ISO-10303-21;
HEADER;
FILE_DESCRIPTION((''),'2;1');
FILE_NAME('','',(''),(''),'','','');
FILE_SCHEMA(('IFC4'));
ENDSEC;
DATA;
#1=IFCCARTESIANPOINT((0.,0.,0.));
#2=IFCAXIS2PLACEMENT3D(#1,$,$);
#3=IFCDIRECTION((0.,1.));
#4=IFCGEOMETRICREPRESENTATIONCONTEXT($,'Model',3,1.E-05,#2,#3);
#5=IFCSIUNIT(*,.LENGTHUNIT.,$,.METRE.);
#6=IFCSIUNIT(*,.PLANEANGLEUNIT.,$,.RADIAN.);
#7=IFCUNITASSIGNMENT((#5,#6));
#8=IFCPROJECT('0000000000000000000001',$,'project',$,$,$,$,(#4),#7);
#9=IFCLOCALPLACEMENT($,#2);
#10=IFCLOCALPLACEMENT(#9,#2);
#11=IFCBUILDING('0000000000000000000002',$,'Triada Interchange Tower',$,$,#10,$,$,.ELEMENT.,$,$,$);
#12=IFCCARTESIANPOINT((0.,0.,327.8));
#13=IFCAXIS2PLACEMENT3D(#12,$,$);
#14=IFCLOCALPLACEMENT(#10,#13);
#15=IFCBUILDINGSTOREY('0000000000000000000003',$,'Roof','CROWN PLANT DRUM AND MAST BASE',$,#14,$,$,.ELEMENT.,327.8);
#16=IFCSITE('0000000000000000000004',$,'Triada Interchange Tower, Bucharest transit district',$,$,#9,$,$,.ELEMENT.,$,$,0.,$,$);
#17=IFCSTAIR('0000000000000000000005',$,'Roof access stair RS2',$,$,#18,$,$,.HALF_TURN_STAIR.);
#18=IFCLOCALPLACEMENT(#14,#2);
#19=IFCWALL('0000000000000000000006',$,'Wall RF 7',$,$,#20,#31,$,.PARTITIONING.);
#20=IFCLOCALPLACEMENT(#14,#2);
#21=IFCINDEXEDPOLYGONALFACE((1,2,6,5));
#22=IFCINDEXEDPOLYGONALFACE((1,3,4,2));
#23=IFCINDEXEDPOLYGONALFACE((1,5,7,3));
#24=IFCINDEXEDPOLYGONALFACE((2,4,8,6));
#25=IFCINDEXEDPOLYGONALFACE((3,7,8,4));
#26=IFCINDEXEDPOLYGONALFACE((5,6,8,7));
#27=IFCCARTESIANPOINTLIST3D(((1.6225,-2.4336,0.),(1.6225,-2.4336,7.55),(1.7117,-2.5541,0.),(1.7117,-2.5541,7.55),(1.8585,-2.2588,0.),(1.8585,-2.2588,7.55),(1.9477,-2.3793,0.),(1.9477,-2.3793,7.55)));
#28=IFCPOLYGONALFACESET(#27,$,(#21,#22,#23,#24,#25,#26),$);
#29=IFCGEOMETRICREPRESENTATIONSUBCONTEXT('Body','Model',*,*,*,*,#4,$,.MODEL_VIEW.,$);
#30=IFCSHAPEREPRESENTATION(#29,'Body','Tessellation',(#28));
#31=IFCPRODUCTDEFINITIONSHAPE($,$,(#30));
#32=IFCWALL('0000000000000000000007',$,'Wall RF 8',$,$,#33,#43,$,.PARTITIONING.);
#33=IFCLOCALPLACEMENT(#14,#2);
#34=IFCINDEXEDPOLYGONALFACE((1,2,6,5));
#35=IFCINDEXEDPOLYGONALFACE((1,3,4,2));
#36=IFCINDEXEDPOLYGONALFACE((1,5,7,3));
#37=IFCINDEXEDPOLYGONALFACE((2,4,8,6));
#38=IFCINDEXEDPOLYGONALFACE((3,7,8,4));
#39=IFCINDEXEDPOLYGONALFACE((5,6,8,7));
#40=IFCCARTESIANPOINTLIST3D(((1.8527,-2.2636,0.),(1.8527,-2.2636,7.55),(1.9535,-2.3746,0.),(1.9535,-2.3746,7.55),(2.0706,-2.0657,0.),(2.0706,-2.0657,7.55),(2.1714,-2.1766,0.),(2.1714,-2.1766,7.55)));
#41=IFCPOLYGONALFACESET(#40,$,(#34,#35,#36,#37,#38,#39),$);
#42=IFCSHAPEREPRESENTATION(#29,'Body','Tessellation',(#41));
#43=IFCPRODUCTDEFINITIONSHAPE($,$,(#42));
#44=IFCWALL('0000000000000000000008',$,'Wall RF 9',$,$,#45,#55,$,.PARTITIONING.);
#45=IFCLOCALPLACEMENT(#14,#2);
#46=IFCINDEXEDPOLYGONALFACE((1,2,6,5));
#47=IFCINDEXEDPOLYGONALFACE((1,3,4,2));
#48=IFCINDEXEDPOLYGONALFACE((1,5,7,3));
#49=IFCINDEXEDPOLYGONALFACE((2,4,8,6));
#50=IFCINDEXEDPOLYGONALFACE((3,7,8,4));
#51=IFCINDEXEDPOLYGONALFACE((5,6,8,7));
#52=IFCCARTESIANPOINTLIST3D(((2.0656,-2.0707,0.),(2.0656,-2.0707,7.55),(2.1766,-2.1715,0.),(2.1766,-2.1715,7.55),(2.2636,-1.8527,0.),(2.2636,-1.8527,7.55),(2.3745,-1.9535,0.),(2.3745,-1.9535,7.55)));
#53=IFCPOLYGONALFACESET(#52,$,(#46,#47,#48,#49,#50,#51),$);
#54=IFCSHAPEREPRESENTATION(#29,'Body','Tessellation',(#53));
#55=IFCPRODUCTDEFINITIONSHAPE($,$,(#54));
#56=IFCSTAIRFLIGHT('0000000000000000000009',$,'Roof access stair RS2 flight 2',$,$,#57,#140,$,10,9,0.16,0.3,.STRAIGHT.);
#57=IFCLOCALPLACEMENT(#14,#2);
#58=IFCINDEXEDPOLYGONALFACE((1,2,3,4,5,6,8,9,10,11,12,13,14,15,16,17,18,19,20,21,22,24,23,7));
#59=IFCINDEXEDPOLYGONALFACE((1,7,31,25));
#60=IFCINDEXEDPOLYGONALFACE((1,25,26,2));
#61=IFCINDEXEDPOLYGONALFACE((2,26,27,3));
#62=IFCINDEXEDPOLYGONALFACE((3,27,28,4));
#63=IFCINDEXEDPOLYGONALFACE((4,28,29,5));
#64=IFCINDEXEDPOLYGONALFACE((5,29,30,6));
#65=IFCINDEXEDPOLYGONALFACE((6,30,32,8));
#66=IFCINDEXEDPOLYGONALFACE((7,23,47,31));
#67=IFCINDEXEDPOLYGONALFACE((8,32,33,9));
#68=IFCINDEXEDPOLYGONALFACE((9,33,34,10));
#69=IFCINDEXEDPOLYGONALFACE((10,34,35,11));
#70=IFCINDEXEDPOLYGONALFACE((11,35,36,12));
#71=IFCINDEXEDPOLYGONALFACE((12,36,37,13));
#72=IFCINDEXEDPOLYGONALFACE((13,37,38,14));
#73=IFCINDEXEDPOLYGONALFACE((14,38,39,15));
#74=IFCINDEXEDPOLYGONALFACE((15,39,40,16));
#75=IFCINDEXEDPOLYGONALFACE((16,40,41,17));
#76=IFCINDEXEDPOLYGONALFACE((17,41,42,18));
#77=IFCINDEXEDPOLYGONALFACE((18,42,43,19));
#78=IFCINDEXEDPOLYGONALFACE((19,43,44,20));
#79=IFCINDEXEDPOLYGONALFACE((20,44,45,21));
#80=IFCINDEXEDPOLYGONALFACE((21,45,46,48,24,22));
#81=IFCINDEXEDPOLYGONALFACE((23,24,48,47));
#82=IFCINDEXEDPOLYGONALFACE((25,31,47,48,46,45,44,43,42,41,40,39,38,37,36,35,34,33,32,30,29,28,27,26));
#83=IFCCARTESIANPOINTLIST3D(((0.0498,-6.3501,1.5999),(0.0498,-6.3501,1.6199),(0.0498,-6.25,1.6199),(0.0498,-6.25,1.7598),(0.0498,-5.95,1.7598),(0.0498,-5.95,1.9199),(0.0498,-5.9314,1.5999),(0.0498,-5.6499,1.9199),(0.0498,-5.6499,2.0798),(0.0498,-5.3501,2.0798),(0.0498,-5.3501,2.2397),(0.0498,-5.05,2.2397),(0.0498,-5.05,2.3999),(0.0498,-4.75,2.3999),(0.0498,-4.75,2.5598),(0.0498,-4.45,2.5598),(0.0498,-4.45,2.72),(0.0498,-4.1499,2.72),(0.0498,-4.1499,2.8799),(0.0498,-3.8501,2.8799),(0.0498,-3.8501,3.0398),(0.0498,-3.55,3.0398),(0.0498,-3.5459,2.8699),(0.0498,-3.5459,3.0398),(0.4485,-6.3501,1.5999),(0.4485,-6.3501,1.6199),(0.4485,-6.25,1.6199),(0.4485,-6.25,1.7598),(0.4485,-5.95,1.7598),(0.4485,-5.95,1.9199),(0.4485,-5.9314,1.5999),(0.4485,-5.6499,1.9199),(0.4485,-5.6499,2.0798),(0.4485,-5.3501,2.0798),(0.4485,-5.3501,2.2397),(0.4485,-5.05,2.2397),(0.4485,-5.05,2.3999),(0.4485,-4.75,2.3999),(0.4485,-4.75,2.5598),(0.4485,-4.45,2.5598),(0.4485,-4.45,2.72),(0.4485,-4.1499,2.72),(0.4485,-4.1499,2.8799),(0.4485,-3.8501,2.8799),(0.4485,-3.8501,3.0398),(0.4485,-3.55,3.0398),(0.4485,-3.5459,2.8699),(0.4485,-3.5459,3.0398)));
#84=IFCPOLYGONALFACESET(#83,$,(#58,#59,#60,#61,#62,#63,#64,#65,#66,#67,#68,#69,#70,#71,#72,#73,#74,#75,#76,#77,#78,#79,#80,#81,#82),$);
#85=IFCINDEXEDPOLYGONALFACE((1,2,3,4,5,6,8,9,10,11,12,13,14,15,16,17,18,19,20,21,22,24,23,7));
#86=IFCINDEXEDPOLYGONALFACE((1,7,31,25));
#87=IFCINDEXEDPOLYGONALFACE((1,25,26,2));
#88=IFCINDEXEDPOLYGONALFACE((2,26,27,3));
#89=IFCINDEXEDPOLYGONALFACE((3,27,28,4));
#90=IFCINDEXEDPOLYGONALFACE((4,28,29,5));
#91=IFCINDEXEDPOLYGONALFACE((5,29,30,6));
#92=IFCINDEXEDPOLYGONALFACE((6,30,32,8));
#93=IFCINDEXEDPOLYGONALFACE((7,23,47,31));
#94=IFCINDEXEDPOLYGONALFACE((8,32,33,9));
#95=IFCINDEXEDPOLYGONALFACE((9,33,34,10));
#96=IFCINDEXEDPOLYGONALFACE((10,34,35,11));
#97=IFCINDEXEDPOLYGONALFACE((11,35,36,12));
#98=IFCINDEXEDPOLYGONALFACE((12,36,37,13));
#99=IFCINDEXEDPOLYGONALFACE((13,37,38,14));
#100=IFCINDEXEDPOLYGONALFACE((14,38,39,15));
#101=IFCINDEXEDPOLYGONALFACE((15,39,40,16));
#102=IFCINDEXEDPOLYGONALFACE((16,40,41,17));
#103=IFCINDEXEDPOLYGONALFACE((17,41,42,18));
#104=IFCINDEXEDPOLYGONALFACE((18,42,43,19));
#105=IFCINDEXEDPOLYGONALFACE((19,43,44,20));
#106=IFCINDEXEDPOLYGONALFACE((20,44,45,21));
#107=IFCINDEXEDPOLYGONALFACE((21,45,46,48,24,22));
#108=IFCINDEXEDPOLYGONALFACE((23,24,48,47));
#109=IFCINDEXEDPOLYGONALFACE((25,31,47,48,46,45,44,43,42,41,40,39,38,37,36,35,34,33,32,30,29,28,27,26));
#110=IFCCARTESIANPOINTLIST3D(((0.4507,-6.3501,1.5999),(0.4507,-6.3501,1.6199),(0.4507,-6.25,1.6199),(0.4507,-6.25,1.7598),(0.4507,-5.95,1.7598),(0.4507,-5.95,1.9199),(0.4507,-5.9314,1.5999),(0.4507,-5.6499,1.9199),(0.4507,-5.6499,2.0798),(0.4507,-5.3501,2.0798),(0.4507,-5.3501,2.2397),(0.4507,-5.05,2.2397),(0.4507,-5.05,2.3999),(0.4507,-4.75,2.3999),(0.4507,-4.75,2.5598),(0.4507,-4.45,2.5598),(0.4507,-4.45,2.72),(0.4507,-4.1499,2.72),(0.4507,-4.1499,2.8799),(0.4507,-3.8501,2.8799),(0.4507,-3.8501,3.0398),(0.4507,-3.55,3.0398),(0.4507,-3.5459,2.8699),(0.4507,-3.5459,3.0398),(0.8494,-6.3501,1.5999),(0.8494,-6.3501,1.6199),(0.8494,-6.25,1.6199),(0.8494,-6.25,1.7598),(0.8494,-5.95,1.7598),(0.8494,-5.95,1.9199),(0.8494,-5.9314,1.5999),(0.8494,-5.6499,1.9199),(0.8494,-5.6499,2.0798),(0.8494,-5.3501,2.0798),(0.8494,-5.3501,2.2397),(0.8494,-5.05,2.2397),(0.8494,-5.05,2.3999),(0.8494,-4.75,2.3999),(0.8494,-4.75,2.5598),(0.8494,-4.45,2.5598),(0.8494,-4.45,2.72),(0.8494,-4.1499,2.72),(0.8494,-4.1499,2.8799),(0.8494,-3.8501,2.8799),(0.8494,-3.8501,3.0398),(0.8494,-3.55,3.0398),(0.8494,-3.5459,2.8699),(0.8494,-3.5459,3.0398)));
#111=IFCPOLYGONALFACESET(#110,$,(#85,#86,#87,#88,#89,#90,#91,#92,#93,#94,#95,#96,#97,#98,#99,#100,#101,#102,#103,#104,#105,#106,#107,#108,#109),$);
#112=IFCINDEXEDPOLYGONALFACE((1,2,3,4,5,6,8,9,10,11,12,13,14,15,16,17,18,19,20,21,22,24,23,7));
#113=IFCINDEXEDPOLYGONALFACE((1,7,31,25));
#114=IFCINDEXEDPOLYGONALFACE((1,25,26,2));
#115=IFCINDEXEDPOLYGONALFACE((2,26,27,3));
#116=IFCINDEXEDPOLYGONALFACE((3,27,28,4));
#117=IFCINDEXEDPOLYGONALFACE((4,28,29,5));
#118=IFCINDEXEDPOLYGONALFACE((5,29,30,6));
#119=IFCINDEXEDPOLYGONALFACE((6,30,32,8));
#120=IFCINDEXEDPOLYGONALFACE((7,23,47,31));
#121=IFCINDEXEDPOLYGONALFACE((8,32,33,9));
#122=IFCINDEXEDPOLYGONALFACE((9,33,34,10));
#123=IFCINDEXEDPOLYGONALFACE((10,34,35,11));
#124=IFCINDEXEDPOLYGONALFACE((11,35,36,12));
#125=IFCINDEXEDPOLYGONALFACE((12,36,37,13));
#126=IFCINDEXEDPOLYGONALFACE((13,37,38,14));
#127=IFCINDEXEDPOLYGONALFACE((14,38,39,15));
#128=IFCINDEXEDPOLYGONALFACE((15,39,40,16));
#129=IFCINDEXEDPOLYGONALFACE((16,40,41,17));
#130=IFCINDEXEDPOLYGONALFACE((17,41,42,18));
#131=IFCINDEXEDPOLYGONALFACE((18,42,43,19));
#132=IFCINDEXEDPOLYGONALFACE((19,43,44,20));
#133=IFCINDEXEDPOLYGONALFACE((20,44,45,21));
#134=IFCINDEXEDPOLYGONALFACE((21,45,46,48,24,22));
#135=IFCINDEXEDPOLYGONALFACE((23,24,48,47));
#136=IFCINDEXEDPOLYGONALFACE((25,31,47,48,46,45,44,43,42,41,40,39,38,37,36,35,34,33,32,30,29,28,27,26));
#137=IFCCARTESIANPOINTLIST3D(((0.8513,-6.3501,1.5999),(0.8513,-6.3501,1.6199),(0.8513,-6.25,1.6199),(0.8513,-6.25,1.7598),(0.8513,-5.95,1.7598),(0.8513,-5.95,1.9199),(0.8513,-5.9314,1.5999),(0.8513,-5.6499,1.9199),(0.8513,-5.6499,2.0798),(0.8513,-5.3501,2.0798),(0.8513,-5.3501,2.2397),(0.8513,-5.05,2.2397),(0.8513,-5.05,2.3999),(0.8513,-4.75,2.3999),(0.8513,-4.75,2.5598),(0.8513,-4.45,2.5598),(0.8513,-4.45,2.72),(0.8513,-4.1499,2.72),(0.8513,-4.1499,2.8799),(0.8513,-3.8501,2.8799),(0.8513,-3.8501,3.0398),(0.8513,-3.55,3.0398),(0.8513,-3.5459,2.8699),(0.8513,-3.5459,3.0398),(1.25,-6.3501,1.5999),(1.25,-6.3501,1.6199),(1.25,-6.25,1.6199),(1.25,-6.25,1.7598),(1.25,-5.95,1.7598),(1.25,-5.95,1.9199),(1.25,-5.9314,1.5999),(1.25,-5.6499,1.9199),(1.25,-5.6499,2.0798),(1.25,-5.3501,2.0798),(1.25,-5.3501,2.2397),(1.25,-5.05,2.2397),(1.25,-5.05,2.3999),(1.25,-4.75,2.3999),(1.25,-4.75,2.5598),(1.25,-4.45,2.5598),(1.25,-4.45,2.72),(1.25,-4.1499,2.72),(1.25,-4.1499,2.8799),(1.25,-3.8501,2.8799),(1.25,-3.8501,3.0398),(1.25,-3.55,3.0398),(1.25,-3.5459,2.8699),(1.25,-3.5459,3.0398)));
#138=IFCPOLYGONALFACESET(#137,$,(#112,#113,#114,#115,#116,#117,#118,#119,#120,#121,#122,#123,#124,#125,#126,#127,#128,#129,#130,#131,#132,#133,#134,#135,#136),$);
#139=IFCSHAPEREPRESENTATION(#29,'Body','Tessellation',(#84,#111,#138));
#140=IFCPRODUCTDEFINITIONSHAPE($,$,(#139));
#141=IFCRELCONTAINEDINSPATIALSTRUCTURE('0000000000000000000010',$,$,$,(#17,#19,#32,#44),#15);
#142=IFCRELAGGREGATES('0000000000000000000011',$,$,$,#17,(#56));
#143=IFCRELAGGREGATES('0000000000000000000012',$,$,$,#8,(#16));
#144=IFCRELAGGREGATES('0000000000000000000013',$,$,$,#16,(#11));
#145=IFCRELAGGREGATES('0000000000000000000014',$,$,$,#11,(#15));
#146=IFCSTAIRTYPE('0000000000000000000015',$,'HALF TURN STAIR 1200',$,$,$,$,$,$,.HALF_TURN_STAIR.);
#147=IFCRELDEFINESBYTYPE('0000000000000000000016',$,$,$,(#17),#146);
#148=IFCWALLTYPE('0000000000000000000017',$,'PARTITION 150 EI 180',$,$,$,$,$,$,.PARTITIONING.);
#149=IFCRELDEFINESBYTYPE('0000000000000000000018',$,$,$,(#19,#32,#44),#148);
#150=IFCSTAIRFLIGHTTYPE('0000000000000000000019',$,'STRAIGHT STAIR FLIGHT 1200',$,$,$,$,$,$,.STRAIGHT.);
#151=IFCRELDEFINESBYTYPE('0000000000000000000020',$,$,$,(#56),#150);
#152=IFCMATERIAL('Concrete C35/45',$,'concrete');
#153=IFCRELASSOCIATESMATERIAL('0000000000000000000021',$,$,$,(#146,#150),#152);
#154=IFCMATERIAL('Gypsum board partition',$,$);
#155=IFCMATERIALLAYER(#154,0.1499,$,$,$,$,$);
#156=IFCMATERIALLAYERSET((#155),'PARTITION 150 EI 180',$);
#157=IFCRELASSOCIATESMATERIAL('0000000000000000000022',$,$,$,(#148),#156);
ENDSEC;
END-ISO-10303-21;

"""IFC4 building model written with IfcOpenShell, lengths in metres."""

from ifc_helpers import new_model, si_unit, direction, frame, frame_2d, origin, place, context, subcontext, project, spatial, polyline, rectangle, outline, extrude, material, layer, layer_set, type_object, element, aggregate, save


model = new_model("IFC4")

# Units and contexts
model_context = context("Model", 3, precision=1e-05, world=origin(), true_north=direction((0.0, 1.0)))
body_context = subcontext(model_context, "Body", "Model", "MODEL_VIEW")
ifc_project = project(units=[si_unit("LENGTHUNIT", "METRE"), si_unit("PLANEANGLEUNIT", "RADIAN")], contexts=[model_context])

# Site, building, storey
site_placement = place(None, origin())
site = spatial("IfcSite", under=ifc_project, at=site_placement, Name="Triada Interchange Tower, Bucharest transit district", CompositionType="ELEMENT", RefElevation=0.0)
building_placement = place(site_placement, origin())
building = spatial("IfcBuilding", under=site, at=building_placement, Name="Triada Interchange Tower", CompositionType="ELEMENT")
storey_placement = place(building_placement, frame((0.0, 0.0, 327.8)))
storey = spatial("IfcBuildingStorey", under=building, at=storey_placement, Name="Roof", Description="CROWN PLANT DRUM AND MAST BASE", CompositionType="ELEMENT", Elevation=327.8)

# Stair
ifc_material_1 = material(Name="Concrete C35/45", Category="concrete")
stair_type = type_object("IfcStairType", Name="HALF TURN STAIR 1200", PredefinedType="HALF_TURN_STAIR", material=ifc_material_1)
stair_1_placement = place(storey_placement, origin())
stair_1 = element("IfcStair", 1, at=stair_1_placement, inside=storey, type_object=stair_type, Name="Roof access stair RS2", PredefinedType="HALF_TURN_STAIR")

# Walls
ifc_material_2 = material(Name="Gypsum board partition")
ifc_layer_1 = layer(ifc_material_2, 0.1499)
ifc_layer_set_1 = layer_set([ifc_layer_1], Name="PARTITION 150 EI 180")
wall_type_1 = type_object("IfcWallType", Name="PARTITION 150 EI 180", PredefinedType="PARTITIONING", material=ifc_layer_set_1)
wall_1_placement = place(storey_placement, frame((1.667, -2.4939, 0.0), z_axis=(0.0, 0.0, 1.0), x_axis=(0.803675, 0.595069, 0.0)))
element("IfcWall", 2, at=wall_1_placement, inside=storey, type_object=wall_type_1, Name="Wall RF 7", PredefinedType="PARTITIONING", context=body_context, shape_type="SweptSolid", body=[
    extrude(rectangle(XDim=0.2937, YDim=0.1499, at=frame_2d((0.147, 0.0))), origin(), (0.0, 0.0, 1.0), 7.55),
])
for number, where, z_axis, x_axis, name in (
    (3, (1.9031, -2.3191, 0.0), (0.0, 0.0, 1.0), (0.740278, 0.672301, 0.0), "Wall RF 8"),
    (4, (2.1211, -2.1211, 0.0), (0.0, 0.0, 1.0), (0.672301, 0.740278, 0.0), "Wall RF 9"),
):
    element("IfcWall", number, at=place(storey_placement, frame(where, z_axis=z_axis, x_axis=x_axis)), inside=storey, type_object=wall_type_1, Name=name, PredefinedType="PARTITIONING", context=body_context, shape_type="SweptSolid", body=[
        extrude(rectangle(XDim=0.2944, YDim=0.1499, at=frame_2d((0.1472, 0.0))), origin(), (0.0, 0.0, 1.0), 7.55),
    ])

# Stair flight
stair_flight_type = type_object("IfcStairFlightType", Name="STRAIGHT STAIR FLIGHT 1200", PredefinedType="STRAIGHT", material=ifc_material_1)
stair_flight_1_placement = place(storey_placement, frame((0.6499, -6.25, 1.5999), z_axis=(0.0, 0.0, 1.0), x_axis=(0.0, 1.0, 0.0)))
stair_flight_1 = element("IfcStairFlight", 5, at=stair_flight_1_placement, type_object=stair_flight_type, Name="Roof access stair RS2 flight 2", NumberOfRisers=10, NumberOfTreads=9, PredefinedType="STRAIGHT", RiserHeight=0.16, TreadLength=0.3, context=body_context, shape_type="SweptSolid", body=[
    extrude(outline(polyline([(-0.1001, 0.0), (-0.1001, 0.02), (0.0, 0.02), (0.0, 0.1599), (0.3, 0.1599), (0.3, 0.3201), (0.6001, 0.3201), (0.6001, 0.48), (0.8999, 0.48), (0.8999, 0.6399), (1.2, 0.6399), (1.2, 0.8), (1.5, 0.8), (1.5, 0.96), (1.8, 0.96), (1.8, 1.1201), (2.1001, 1.1201), (2.1001, 1.28), (2.3999, 1.28), (2.3999, 1.4399), (2.7, 1.4399), (2.7041, 1.4399), (2.7041, 1.6001), (2.7041, 1.27), (0.3186, 0.0), (-0.1001, 0.0)])), frame((0.0, 0.6001, 0.0), z_axis=(0.0, -1.0, 0.0), x_axis=(1.0, 0.0, 0.0)), (0.0, 0.0, 1.0), 0.3987),
    extrude(outline(polyline([(-0.1001, 0.0), (-0.1001, 0.02), (0.0, 0.02), (0.0, 0.1599), (0.3, 0.1599), (0.3, 0.3201), (0.6001, 0.3201), (0.6001, 0.48), (0.8999, 0.48), (0.8999, 0.6399), (1.2, 0.6399), (1.2, 0.8), (1.5, 0.8), (1.5, 0.96), (1.8, 0.96), (1.8, 1.1201), (2.1001, 1.1201), (2.1001, 1.28), (2.3999, 1.28), (2.3999, 1.4399), (2.7, 1.4399), (2.7041, 1.4399), (2.7041, 1.6001), (2.7041, 1.27), (0.3186, 0.0), (-0.1001, 0.0)])), frame((0.0, 0.1992, 0.0), z_axis=(0.0, -1.0, 0.0), x_axis=(1.0, 0.0, 0.0)), (0.0, 0.0, 1.0), 0.3987),
    extrude(outline(polyline([(-0.1001, 0.0), (-0.1001, 0.02), (0.0, 0.02), (0.0, 0.1599), (0.3, 0.1599), (0.3, 0.3201), (0.6001, 0.3201), (0.6001, 0.48), (0.8999, 0.48), (0.8999, 0.6399), (1.2, 0.6399), (1.2, 0.8), (1.5, 0.8), (1.5, 0.96), (1.8, 0.96), (1.8, 1.1201), (2.1001, 1.1201), (2.1001, 1.28), (2.3999, 1.28), (2.3999, 1.4399), (2.7, 1.4399), (2.7041, 1.4399), (2.7041, 1.6001), (2.7041, 1.27), (0.3186, 0.0), (-0.1001, 0.0)])), frame((0.0, -0.2014, 0.0), z_axis=(0.0, -1.0, 0.0), x_axis=(1.0, 0.0, 0.0)), (0.0, 0.0, 1.0), 0.3987),
])

aggregate(stair_1, [stair_flight_1])

save(model, "model.ifc")
